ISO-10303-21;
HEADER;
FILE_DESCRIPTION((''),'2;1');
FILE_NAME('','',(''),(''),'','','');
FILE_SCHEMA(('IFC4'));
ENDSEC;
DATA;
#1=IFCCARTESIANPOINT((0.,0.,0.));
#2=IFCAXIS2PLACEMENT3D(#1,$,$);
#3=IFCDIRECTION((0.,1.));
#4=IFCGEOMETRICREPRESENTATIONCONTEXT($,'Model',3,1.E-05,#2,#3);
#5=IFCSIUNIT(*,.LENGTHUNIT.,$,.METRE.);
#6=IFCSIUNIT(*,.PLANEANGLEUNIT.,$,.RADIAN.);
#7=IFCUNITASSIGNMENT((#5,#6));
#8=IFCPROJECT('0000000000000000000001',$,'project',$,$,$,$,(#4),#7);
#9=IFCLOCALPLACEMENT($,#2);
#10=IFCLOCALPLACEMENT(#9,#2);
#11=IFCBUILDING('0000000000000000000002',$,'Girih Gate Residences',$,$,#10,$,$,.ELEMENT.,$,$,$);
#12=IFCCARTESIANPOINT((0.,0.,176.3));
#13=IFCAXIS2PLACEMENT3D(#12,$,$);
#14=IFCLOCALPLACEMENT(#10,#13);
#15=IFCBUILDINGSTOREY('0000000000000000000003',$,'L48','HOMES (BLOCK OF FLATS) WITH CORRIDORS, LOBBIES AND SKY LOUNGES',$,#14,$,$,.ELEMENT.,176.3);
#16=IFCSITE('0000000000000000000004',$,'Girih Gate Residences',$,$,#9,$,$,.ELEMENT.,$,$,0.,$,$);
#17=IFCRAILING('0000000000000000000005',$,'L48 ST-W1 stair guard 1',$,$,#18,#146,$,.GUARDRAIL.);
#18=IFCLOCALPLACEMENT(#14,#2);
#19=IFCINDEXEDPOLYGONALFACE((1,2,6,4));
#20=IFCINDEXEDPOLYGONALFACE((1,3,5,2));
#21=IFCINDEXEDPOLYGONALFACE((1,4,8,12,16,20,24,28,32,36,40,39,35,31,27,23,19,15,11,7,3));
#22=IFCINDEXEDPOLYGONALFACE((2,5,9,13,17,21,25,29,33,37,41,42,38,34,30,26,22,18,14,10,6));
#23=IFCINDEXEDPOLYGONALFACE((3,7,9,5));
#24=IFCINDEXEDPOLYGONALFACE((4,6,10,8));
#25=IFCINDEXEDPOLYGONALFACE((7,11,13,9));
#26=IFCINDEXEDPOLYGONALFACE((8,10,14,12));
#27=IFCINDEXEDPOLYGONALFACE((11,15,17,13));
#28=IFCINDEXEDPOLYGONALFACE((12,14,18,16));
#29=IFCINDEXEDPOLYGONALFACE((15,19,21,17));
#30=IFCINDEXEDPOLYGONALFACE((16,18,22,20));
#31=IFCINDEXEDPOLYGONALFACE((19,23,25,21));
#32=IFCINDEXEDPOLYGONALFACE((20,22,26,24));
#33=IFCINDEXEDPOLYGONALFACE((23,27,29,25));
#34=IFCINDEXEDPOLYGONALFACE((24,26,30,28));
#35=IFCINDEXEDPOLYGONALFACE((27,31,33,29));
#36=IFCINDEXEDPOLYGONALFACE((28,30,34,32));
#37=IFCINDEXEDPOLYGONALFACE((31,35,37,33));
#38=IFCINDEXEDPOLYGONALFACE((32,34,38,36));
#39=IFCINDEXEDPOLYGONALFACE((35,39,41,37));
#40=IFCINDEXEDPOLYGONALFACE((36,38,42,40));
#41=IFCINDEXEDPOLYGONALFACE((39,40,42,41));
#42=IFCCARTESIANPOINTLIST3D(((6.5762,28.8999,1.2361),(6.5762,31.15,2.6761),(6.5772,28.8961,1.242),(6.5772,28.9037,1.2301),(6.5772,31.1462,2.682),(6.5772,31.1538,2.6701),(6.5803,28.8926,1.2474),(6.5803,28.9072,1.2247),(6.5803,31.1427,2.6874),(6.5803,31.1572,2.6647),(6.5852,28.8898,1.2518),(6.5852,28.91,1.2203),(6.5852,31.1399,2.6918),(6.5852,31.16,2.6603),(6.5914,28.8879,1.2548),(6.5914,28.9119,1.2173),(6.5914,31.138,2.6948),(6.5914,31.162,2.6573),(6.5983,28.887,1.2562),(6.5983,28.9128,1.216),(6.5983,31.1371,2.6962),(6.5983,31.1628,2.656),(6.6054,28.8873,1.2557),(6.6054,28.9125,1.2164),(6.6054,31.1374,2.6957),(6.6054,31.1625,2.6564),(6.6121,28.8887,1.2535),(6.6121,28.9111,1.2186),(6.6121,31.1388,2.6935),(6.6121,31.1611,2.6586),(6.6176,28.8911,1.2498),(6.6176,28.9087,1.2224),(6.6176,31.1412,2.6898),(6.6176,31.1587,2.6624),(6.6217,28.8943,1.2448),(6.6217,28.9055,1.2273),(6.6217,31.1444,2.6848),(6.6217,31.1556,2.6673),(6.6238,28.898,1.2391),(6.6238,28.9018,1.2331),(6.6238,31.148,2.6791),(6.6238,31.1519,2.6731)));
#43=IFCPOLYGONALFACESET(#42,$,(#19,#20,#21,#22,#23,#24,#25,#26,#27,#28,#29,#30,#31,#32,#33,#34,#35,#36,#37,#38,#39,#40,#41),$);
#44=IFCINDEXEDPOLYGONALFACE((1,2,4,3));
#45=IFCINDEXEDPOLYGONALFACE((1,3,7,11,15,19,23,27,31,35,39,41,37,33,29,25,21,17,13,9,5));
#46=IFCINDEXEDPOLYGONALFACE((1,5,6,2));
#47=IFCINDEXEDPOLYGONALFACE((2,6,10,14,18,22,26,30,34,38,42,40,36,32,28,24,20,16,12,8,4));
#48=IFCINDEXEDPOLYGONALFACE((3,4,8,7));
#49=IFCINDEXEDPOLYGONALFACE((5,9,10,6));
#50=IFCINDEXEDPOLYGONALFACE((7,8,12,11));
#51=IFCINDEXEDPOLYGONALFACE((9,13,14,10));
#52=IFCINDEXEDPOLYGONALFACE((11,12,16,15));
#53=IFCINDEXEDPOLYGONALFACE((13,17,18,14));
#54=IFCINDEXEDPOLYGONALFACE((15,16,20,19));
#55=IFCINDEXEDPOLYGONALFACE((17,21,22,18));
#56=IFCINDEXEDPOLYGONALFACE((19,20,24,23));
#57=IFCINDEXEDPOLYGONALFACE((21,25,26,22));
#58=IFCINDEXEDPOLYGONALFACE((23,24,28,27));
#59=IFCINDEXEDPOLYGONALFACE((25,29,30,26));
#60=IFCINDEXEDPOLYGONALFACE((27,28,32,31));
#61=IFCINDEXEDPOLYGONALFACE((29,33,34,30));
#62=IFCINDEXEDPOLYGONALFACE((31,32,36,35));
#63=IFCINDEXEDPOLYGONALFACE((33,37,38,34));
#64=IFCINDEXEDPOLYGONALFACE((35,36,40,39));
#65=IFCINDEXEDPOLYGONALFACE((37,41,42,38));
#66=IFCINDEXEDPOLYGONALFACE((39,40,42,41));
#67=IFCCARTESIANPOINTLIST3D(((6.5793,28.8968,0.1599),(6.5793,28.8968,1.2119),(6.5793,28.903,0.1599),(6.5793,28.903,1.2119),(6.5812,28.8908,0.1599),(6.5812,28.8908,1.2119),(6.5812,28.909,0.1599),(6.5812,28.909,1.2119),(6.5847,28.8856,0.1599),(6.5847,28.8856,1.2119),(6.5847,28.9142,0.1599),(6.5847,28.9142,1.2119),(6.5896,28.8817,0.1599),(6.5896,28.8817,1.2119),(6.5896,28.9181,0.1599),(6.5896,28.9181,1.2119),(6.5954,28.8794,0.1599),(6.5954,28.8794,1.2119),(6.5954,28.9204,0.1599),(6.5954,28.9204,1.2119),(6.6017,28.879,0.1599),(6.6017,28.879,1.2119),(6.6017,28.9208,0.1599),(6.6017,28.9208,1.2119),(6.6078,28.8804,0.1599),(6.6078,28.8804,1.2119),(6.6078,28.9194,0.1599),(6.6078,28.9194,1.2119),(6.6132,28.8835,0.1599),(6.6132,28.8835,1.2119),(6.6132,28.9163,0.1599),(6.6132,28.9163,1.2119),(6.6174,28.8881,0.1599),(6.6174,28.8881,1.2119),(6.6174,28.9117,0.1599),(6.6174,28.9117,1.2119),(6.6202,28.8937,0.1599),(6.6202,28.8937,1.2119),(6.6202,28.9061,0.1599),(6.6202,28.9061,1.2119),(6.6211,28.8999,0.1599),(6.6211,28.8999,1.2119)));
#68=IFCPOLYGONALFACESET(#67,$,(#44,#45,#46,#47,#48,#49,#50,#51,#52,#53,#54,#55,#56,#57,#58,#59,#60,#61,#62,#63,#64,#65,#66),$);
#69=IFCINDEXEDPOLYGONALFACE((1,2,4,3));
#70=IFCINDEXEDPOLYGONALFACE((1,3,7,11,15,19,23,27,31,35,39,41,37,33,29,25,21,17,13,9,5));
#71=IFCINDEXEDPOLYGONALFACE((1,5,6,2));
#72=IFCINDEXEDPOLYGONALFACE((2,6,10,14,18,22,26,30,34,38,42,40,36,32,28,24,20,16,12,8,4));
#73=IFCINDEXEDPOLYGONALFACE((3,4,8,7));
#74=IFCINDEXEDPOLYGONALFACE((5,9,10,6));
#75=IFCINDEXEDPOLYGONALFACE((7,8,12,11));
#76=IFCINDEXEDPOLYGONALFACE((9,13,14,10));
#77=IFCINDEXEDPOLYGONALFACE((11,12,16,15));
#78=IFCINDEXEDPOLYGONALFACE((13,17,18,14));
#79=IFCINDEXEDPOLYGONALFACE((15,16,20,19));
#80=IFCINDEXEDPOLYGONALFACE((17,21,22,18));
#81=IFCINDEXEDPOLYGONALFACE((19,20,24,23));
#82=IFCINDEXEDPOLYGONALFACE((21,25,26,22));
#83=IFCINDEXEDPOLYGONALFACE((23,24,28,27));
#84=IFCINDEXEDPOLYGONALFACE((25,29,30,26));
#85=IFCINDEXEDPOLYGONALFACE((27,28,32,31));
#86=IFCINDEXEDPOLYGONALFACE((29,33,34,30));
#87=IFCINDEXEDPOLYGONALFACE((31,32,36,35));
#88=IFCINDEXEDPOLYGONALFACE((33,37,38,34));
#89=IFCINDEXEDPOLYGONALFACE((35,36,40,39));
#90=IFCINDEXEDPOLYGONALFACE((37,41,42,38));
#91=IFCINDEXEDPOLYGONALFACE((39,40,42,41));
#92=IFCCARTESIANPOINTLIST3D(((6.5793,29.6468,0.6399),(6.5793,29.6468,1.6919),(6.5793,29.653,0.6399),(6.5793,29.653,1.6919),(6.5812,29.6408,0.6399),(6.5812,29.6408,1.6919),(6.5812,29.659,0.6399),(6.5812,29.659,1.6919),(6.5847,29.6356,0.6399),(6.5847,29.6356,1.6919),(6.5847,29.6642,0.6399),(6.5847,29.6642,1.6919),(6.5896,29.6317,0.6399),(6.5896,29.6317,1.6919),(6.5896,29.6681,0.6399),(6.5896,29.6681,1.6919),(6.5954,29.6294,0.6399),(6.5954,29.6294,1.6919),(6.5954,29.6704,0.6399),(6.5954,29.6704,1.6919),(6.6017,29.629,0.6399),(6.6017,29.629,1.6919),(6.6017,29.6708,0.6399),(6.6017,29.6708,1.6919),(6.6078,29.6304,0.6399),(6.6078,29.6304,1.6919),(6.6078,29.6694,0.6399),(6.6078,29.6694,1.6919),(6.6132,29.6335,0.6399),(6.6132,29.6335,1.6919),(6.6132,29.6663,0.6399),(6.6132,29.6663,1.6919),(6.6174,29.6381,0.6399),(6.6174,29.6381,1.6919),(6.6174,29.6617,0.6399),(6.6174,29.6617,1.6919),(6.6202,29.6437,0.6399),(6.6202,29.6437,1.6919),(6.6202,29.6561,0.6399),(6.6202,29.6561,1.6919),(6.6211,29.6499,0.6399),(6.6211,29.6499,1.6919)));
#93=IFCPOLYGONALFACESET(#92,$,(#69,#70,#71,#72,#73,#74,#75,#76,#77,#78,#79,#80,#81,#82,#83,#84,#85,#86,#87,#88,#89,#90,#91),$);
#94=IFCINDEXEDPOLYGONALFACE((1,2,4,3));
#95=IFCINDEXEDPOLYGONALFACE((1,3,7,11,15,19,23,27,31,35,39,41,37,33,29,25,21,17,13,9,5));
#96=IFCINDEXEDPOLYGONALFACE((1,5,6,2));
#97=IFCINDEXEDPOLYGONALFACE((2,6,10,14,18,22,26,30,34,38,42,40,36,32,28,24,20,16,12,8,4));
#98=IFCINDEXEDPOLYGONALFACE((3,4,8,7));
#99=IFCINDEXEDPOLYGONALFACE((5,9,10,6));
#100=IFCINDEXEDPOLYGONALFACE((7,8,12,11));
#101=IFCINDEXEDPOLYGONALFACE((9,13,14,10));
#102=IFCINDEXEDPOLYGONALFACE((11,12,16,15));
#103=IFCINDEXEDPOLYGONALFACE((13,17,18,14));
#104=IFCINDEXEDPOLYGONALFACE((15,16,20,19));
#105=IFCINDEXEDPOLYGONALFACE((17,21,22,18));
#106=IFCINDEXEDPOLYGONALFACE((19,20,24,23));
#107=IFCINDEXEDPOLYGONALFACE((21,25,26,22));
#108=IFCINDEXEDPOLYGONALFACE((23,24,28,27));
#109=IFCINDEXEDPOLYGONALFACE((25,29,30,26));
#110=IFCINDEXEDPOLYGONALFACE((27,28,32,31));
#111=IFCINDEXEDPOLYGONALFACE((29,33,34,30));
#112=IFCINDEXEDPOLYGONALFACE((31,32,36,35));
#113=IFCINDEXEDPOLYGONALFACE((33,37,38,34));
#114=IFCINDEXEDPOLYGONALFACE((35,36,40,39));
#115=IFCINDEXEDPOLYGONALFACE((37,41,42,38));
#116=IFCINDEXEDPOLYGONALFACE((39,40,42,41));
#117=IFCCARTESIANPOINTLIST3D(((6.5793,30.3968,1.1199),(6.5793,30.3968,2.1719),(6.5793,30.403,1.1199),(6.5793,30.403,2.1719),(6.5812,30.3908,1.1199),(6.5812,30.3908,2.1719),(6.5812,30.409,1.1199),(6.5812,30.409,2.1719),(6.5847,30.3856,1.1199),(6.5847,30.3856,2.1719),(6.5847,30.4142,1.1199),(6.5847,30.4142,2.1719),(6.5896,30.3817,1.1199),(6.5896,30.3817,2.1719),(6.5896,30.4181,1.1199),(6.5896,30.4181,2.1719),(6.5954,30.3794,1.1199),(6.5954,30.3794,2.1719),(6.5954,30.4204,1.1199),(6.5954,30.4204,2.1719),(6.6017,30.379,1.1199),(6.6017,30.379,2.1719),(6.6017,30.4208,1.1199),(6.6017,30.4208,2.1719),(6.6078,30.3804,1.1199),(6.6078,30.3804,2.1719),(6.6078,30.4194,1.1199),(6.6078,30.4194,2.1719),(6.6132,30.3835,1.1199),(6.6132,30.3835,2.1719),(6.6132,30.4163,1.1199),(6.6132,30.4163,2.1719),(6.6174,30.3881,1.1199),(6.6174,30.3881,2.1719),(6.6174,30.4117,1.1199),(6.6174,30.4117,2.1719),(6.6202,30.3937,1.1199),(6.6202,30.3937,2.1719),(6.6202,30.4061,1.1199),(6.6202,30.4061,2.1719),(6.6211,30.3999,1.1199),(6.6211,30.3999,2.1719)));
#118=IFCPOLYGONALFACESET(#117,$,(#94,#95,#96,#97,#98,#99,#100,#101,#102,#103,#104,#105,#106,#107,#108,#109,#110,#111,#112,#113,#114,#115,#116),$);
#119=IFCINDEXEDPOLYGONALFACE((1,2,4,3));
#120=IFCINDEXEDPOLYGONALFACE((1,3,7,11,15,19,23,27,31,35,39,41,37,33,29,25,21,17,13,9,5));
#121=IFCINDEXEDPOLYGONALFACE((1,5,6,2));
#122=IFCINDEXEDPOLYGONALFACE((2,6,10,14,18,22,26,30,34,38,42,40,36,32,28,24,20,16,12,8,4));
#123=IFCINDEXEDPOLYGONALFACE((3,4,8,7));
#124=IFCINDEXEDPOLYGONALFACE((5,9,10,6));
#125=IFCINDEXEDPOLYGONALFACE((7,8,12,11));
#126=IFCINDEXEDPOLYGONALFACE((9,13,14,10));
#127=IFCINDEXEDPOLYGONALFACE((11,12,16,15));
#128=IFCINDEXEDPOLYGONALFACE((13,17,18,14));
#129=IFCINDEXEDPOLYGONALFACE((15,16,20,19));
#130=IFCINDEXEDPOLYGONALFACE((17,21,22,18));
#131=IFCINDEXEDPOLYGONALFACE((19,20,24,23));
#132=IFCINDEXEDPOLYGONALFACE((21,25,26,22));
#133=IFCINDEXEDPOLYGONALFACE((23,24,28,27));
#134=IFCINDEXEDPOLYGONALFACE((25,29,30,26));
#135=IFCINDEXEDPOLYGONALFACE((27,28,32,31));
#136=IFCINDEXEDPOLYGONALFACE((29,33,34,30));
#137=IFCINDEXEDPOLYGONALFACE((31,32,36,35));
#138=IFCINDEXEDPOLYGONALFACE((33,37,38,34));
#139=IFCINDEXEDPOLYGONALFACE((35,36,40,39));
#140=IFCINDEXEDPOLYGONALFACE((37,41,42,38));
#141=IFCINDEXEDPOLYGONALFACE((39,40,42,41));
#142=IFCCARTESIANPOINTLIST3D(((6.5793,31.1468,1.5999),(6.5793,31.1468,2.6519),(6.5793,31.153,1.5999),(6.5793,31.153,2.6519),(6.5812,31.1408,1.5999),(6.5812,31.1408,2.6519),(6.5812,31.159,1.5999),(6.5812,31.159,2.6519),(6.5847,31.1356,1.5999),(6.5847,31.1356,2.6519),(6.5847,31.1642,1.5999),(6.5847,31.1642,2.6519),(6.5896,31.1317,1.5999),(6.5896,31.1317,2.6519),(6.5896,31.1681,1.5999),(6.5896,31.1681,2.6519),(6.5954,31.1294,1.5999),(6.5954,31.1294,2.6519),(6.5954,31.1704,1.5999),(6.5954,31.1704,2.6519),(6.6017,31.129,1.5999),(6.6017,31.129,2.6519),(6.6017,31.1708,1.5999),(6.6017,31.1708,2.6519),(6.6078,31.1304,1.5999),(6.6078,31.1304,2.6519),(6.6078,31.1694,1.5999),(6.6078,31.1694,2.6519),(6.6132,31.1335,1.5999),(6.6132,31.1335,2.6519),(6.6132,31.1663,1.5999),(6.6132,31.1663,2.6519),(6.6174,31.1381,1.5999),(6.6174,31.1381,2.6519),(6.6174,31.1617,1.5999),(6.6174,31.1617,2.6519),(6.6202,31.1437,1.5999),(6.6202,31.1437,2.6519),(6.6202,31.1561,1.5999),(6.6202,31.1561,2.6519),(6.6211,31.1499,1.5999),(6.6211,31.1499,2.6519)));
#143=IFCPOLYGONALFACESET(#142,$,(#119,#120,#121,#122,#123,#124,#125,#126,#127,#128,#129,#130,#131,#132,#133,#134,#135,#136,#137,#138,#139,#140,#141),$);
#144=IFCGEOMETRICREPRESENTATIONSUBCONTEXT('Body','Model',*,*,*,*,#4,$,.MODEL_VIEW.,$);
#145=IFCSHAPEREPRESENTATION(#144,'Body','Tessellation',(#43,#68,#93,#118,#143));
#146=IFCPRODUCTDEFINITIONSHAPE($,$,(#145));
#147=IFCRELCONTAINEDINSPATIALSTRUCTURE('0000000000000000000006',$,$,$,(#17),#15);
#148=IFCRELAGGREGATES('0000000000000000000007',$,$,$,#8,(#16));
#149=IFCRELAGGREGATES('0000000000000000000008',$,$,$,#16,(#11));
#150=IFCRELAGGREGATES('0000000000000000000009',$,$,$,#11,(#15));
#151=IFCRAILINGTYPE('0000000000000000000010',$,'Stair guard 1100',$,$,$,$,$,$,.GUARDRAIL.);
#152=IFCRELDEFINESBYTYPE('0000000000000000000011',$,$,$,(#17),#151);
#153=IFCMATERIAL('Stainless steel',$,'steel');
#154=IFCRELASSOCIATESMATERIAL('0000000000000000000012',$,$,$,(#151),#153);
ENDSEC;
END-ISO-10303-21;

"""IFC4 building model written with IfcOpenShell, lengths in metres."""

from ifc_helpers import new_model, si_unit, direction, frame, origin, origin_2d, place, context, subcontext, project, spatial, circle, extrude, material, type_object, element, save


model = new_model("IFC4")

# Units and contexts
model_context = context("Model", 3, precision=1e-05, world=origin(), true_north=direction((0.0, 1.0)))
body_context = subcontext(model_context, "Body", "Model", "MODEL_VIEW")
ifc_project = project(units=[si_unit("LENGTHUNIT", "METRE"), si_unit("PLANEANGLEUNIT", "RADIAN")], contexts=[model_context])

# Site, building, storey
site_placement = place(None, origin())
site = spatial("IfcSite", under=ifc_project, at=site_placement, Name="Girih Gate Residences", CompositionType="ELEMENT", RefElevation=0.0)
building_placement = place(site_placement, origin())
building = spatial("IfcBuilding", under=site, at=building_placement, Name="Girih Gate Residences", CompositionType="ELEMENT")
storey_placement = place(building_placement, frame((0.0, 0.0, 176.3)))
storey = spatial("IfcBuildingStorey", under=building, at=storey_placement, Name="L48", Description="HOMES (BLOCK OF FLATS) WITH CORRIDORS, LOBBIES AND SKY LOUNGES", CompositionType="ELEMENT", Elevation=176.3)

# Railing
ifc_material_1 = material(Name="Stainless steel", Category="steel")
railing_type_1 = type_object("IfcRailingType", Name="Stair guard 1100", PredefinedType="GUARDRAIL", material=ifc_material_1)
railing_1_placement = place(storey_placement, frame((6.6001, 28.8999, 0.1599)))
element("IfcRailing", 1, at=railing_1_placement, inside=storey, type_object=railing_type_1, Name="L48 ST-W1 stair guard 1", PredefinedType="GUARDRAIL", context=body_context, shape_type="SweptSolid", body=[
    extrude(circle(Radius=0.0239, at=origin_2d()), frame((0.0, 0.0, 1.0762), z_axis=(0.0, 0.842281, 0.539038), x_axis=(-1.0, 0.0, 0.0)), (0.0, 0.0, 1.0), 2.6714),
    extrude(circle(Radius=0.021, at=origin_2d()), origin(), (0.0, 0.0, 1.0), 1.052),
    extrude(circle(Radius=0.021, at=origin_2d()), frame((0.0, 0.75, 0.48)), (0.0, 0.0, 1.0), 1.052),
    extrude(circle(Radius=0.021, at=origin_2d()), frame((0.0, 1.5, 0.96)), (0.0, 0.0, 1.0), 1.052),
    extrude(circle(Radius=0.021, at=origin_2d()), frame((0.0, 2.25, 1.4399)), (0.0, 0.0, 1.0), 1.052),
])

save(model, "model.ifc")
